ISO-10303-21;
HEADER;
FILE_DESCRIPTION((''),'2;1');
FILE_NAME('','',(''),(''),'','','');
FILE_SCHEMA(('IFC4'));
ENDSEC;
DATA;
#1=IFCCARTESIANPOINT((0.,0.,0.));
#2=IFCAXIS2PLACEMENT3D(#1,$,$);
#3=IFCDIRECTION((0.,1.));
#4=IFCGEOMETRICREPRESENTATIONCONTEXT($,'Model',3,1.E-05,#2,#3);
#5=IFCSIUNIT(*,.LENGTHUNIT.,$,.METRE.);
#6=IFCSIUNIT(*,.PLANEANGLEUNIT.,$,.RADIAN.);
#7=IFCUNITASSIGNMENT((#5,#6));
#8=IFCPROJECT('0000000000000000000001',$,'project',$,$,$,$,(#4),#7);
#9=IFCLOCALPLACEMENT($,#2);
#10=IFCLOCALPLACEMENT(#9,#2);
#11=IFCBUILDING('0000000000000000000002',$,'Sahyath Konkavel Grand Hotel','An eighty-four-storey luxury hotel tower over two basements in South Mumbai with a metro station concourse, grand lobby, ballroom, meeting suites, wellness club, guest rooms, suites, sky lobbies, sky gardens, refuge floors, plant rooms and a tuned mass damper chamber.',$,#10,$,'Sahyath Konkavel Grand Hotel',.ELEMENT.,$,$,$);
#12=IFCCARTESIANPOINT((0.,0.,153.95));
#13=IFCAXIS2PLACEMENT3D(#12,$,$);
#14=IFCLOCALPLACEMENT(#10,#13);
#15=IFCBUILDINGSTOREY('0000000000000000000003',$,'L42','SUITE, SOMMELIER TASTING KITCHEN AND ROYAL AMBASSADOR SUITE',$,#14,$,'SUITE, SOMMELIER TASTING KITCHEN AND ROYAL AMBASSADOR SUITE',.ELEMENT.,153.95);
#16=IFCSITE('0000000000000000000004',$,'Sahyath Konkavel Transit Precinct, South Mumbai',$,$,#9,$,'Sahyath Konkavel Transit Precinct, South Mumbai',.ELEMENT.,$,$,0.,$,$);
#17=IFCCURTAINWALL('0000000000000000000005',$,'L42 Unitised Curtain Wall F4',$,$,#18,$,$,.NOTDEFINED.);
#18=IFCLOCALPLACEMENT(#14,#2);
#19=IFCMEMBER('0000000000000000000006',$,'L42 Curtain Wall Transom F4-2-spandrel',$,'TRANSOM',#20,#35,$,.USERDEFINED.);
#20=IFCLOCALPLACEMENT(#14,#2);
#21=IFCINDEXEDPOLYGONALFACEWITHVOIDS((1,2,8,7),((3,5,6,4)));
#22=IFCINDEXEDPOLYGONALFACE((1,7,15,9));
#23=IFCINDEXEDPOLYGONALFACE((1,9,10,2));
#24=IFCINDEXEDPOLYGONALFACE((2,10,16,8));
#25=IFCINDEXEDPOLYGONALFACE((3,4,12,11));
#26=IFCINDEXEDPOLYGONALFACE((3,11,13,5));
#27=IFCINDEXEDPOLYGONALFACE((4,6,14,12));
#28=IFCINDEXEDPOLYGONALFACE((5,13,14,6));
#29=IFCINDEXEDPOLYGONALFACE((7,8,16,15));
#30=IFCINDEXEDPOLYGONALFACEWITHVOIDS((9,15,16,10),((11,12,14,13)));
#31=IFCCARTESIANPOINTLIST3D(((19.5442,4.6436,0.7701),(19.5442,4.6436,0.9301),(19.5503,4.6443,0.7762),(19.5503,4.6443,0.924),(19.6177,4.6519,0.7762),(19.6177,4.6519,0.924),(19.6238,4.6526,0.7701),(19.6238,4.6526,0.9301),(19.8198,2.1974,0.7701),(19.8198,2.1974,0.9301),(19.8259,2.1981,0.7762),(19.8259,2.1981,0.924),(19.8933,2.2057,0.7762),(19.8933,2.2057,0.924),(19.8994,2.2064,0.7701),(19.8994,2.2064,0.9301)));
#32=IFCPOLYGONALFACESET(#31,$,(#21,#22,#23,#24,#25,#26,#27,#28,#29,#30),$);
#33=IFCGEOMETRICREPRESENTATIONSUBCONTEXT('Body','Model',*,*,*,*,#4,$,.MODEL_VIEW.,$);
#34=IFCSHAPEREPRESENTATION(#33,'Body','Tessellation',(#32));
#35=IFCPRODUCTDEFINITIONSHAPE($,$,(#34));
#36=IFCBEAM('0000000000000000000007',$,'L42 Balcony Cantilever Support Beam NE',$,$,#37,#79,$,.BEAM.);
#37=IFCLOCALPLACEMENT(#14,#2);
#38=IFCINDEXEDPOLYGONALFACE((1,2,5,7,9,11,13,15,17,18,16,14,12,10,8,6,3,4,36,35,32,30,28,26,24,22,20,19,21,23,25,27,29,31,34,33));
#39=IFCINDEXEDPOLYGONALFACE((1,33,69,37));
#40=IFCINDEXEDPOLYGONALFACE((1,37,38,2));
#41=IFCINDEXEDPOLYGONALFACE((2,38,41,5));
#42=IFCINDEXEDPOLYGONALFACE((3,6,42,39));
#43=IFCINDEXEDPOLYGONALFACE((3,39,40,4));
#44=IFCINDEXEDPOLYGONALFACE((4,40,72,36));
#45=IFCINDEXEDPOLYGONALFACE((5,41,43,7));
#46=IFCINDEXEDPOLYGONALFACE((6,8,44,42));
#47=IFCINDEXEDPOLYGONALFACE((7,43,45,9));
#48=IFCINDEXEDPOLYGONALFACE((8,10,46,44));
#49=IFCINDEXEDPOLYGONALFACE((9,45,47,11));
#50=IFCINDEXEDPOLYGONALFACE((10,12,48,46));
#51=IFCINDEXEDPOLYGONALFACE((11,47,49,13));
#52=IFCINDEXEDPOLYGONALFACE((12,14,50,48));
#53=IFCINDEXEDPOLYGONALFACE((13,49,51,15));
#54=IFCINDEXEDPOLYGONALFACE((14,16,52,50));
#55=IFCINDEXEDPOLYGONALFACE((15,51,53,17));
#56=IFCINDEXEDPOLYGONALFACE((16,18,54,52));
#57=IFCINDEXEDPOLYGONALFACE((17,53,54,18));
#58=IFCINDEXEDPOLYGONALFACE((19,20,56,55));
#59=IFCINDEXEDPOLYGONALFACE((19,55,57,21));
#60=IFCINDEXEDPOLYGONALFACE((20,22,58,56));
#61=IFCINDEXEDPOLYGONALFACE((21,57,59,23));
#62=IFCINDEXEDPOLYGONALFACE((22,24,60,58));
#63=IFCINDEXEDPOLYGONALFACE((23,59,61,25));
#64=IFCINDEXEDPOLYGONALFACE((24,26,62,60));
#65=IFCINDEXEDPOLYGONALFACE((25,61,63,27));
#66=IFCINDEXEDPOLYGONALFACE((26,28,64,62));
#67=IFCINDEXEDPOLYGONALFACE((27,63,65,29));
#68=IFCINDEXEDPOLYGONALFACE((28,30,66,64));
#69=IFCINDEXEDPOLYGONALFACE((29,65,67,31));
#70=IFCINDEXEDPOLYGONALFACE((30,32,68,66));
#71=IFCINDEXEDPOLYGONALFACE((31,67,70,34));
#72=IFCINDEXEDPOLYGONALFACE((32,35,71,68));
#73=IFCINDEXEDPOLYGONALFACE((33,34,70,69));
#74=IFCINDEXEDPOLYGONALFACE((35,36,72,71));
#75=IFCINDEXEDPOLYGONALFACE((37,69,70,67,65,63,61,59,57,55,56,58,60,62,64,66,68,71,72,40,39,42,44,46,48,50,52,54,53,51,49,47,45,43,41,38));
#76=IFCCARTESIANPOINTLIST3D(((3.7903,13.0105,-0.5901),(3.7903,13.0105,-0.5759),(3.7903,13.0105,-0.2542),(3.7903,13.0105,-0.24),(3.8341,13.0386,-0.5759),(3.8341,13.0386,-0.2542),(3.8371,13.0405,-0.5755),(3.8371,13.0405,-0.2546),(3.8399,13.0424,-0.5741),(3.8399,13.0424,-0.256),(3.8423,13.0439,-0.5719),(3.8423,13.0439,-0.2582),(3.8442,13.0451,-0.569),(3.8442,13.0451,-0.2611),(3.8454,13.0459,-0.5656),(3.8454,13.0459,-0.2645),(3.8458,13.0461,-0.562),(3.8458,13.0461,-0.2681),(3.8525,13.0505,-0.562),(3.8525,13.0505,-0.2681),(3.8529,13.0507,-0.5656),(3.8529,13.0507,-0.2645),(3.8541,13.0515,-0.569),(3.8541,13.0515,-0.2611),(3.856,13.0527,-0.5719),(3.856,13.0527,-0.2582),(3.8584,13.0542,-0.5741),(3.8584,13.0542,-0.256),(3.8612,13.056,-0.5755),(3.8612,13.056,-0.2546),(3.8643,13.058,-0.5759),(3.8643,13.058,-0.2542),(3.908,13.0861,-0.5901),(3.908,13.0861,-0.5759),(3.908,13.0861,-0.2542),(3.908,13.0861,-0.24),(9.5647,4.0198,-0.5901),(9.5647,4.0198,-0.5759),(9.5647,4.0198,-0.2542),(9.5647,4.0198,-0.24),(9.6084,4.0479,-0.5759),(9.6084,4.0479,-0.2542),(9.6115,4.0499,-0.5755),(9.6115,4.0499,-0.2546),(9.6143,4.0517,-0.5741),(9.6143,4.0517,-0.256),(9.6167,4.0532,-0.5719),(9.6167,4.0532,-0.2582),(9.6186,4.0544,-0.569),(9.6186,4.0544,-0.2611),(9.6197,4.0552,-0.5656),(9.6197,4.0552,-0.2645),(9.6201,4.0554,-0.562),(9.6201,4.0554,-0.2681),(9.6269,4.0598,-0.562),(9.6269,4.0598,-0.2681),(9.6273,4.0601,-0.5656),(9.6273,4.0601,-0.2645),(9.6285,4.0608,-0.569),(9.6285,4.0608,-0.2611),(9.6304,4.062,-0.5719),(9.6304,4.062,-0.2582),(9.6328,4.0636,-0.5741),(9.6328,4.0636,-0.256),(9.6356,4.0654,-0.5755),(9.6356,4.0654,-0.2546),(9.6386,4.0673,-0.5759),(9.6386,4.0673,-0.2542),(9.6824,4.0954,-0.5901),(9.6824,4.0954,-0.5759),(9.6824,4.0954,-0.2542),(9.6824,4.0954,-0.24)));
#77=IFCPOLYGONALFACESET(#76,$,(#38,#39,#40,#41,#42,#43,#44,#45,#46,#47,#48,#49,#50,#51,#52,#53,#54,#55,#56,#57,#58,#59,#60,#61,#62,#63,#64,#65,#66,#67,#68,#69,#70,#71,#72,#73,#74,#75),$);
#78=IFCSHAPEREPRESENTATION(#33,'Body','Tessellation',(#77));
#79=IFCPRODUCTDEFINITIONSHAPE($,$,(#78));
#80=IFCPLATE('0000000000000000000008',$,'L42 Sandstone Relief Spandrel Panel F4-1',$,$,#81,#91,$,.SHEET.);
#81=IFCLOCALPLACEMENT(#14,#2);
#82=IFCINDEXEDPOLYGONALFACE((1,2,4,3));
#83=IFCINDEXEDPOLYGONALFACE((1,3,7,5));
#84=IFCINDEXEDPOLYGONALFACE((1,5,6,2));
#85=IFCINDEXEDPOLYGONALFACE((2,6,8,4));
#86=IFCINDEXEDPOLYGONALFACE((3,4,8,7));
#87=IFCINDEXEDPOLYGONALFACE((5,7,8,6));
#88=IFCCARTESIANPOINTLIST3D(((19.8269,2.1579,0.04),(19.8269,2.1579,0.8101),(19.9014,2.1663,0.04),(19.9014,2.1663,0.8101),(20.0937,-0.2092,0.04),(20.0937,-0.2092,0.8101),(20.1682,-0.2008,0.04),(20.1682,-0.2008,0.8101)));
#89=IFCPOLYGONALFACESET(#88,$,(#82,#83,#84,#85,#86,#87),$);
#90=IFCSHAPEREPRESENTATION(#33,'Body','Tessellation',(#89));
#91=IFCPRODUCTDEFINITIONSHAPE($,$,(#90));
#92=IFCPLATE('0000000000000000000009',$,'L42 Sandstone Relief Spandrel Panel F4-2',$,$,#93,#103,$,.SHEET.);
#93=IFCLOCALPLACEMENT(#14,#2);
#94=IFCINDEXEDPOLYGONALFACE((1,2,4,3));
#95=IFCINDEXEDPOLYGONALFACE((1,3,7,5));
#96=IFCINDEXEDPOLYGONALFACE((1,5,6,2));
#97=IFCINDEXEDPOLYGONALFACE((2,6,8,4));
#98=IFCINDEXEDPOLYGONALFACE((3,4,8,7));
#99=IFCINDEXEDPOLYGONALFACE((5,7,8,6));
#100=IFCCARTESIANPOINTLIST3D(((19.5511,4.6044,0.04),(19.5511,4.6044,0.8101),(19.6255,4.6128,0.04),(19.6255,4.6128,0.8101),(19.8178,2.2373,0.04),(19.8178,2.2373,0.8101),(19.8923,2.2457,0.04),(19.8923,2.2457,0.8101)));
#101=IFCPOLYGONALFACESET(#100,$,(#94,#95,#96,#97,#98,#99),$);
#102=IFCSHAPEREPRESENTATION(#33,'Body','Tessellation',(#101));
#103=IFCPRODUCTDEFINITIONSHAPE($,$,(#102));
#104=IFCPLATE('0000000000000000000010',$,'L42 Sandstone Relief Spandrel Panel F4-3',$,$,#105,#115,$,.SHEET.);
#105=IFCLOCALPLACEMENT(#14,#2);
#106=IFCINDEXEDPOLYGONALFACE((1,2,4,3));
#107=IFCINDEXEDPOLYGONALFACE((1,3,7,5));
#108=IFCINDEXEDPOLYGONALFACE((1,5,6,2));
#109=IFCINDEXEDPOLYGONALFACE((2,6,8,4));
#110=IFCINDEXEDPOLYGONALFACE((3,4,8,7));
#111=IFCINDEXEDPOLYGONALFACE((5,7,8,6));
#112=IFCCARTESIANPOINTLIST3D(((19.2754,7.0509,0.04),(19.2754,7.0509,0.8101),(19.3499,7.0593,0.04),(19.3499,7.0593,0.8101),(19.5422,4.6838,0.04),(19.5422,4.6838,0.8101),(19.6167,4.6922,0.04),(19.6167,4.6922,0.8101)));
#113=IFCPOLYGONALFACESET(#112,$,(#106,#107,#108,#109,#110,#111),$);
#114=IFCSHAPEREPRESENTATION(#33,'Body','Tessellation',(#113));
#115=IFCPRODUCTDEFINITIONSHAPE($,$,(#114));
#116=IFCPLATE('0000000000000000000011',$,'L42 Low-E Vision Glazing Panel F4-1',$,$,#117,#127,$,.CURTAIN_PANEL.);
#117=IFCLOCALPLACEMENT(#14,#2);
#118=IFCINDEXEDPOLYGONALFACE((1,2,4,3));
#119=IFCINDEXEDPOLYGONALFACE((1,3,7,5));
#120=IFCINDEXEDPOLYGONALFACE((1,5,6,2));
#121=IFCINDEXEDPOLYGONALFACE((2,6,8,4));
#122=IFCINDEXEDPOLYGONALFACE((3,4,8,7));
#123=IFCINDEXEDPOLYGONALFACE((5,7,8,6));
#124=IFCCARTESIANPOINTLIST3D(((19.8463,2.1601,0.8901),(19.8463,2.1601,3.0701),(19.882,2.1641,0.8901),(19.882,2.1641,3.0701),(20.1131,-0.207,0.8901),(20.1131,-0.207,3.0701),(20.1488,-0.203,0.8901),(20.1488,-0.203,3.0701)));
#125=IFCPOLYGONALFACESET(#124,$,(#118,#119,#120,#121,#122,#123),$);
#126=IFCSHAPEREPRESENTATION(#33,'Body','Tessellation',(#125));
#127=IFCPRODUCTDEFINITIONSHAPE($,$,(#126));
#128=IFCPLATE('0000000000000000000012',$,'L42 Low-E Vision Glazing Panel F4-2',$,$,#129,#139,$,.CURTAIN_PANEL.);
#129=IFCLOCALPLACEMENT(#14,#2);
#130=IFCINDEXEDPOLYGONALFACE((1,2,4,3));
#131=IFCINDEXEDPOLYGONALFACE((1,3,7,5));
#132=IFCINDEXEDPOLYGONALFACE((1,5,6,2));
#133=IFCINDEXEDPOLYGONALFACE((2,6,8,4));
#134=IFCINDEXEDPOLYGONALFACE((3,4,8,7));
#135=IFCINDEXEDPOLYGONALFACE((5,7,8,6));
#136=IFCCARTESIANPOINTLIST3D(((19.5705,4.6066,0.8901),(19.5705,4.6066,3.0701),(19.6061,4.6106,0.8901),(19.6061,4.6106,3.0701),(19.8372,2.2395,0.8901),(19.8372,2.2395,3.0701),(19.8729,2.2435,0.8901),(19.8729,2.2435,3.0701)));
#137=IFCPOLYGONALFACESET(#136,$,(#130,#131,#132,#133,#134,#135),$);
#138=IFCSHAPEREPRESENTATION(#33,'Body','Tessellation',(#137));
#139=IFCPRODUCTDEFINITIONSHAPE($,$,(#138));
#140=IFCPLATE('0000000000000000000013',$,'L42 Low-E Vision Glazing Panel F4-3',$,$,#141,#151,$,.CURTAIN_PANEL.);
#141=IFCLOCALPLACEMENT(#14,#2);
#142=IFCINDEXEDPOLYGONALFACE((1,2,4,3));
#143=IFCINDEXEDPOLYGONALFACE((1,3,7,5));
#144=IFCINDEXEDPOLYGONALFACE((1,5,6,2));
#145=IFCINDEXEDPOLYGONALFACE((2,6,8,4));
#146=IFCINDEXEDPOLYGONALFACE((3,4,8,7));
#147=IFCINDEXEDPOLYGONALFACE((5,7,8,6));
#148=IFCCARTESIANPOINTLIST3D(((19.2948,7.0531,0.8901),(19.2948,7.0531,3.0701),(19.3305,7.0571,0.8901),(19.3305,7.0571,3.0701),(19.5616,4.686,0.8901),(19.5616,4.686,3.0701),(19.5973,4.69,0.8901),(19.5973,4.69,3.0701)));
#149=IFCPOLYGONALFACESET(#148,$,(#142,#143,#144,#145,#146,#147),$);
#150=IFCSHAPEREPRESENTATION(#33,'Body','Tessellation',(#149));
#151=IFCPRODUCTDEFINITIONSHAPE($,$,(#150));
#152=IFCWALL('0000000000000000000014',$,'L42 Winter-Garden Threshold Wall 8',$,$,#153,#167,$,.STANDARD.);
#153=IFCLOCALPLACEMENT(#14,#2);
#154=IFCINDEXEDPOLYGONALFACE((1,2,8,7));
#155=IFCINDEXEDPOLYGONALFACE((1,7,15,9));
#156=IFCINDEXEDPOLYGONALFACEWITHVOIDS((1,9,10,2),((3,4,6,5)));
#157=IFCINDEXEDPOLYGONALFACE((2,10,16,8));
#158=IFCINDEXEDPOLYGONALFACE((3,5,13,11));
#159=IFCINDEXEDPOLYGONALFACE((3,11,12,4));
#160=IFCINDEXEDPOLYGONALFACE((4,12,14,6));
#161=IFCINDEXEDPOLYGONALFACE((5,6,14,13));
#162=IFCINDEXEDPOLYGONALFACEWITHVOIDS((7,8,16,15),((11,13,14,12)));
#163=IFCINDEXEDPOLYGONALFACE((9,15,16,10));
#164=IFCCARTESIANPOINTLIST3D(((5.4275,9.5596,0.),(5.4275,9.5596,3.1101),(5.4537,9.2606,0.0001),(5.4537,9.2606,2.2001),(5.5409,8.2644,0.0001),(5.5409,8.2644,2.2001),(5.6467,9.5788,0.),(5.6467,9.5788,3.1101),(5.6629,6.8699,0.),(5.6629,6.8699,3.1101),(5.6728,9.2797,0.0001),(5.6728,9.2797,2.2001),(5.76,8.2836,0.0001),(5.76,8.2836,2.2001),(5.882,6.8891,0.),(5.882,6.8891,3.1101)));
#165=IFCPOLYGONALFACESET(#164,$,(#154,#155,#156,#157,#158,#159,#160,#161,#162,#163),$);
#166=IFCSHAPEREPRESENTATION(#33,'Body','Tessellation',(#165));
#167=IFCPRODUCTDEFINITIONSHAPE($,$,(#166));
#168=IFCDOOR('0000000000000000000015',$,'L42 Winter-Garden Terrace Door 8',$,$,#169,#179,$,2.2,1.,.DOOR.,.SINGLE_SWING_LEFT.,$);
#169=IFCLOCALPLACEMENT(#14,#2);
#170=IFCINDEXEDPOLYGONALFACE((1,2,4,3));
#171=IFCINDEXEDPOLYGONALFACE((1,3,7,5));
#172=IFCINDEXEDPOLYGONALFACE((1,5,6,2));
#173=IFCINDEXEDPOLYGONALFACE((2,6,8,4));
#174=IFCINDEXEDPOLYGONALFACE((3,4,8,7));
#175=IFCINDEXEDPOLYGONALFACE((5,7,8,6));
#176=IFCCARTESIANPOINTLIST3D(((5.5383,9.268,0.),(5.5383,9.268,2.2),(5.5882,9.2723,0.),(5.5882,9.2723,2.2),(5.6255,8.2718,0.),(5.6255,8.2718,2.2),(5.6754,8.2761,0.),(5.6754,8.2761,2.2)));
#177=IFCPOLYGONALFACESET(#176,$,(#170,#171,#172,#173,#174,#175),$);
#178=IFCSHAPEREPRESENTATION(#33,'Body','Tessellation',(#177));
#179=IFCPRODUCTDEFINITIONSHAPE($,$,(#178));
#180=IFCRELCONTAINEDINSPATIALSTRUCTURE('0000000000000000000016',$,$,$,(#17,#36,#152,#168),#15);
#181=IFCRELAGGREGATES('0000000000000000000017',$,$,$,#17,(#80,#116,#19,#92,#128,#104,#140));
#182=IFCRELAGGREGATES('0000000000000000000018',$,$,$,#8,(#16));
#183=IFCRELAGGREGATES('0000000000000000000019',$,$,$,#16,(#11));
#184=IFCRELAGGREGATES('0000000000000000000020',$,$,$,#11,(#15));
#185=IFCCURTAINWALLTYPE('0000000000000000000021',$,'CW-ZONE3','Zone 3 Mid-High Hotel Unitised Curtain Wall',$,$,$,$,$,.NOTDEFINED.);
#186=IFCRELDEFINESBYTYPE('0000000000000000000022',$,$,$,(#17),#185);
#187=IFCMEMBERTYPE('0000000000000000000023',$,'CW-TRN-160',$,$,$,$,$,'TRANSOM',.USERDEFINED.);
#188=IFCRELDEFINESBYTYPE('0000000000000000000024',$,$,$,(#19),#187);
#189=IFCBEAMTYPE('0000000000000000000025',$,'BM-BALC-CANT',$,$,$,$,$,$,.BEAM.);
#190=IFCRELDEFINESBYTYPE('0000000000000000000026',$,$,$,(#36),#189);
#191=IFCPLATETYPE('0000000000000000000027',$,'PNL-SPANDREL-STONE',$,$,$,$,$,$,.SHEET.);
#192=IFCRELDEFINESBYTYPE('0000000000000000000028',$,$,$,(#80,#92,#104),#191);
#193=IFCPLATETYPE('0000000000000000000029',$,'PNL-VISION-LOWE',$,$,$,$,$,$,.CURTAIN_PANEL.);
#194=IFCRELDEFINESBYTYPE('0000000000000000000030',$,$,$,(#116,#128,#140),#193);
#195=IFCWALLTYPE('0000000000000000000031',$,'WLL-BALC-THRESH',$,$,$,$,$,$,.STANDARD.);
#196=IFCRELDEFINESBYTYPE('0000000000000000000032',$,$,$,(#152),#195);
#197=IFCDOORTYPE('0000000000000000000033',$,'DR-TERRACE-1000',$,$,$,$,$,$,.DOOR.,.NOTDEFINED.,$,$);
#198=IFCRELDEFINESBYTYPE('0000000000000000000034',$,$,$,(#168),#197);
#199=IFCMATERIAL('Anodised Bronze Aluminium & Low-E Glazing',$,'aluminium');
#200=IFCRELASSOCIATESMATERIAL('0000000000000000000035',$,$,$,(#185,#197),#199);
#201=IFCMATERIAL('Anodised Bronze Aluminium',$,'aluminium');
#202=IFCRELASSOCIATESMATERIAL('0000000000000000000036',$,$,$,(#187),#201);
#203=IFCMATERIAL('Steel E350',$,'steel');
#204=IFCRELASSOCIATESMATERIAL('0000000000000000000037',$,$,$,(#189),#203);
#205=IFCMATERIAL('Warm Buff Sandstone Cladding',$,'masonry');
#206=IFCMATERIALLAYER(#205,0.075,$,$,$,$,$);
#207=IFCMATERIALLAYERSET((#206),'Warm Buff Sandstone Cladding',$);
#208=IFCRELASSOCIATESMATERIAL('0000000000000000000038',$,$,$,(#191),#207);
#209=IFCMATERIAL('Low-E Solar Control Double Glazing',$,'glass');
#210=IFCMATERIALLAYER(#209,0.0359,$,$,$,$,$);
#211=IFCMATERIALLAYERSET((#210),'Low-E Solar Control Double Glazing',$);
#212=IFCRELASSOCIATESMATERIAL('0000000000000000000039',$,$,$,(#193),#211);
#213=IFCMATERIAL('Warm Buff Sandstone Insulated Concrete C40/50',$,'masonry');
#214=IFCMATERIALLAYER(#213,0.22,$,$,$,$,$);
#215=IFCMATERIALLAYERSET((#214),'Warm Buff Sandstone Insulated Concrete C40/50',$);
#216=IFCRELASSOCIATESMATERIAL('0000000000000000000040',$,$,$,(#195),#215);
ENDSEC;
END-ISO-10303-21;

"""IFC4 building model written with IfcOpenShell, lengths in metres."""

from ifc_helpers import new_model, si_unit, direction, frame, frame_2d, origin, origin_2d, place, context, subcontext, project, spatial, rectangle, hollow_rectangle, i_section, extrude, source, transform, mapped, material, layer, layer_set, material_profile, profile_set, type_object, element, fill, aggregate, save


model = new_model("IFC4")

# Units and contexts
model_context = context("Model", 3, precision=1e-05, world=origin(), true_north=direction((0.0, 1.0)))
body_context = subcontext(model_context, "Body", "Model", "MODEL_VIEW")
ifc_project = project(units=[si_unit("LENGTHUNIT", "METRE"), si_unit("PLANEANGLEUNIT", "RADIAN")], contexts=[model_context])

# Site, building, storey
site_placement = place(None, origin())
site = spatial("IfcSite", under=ifc_project, at=site_placement, Name="Sahyath Konkavel Transit Precinct, South Mumbai", LongName="Sahyath Konkavel Transit Precinct, South Mumbai", CompositionType="ELEMENT", RefElevation=0.0)
building_placement = place(site_placement, origin())
building = spatial("IfcBuilding", under=site, at=building_placement, Name="Sahyath Konkavel Grand Hotel", Description="An eighty-four-storey luxury hotel tower over two basements in South Mumbai with a metro station concourse, grand lobby, ballroom, meeting suites, wellness club, guest rooms, suites, sky lobbies, sky gardens, refuge floors, plant rooms and a tuned mass damper chamber.", LongName="Sahyath Konkavel Grand Hotel", CompositionType="ELEMENT")
storey_placement = place(building_placement, frame((0.0, 0.0, 153.95)))
storey = spatial("IfcBuildingStorey", under=building, at=storey_placement, Name="L42", Description="SUITE, SOMMELIER TASTING KITCHEN AND ROYAL AMBASSADOR SUITE", LongName="SUITE, SOMMELIER TASTING KITCHEN AND ROYAL AMBASSADOR SUITE", CompositionType="ELEMENT", Elevation=153.95)

# Shared definitions
ifc_material_1 = material(Name="Steel E350", Category="steel")

# Curtain wall
ifc_material_2 = material(Name="Anodised Bronze Aluminium & Low-E Glazing", Category="aluminium")
curtain_wall_type = type_object("IfcCurtainWallType", Name="CW-ZONE3", Description="Zone 3 Mid-High Hotel Unitised Curtain Wall", PredefinedType="NOTDEFINED", material=ifc_material_2)
curtain_wall_1_placement = place(storey_placement, origin())
curtain_wall_1 = element("IfcCurtainWall", 1, at=curtain_wall_1_placement, inside=storey, type_object=curtain_wall_type, Name="L42 Unitised Curtain Wall F4", PredefinedType="NOTDEFINED")
ifc_material_3 = material(Name="Anodised Bronze Aluminium", Category="aluminium")

# Member
ifc_material_profile_1 = material_profile(ifc_material_3, hollow_rectangle(XDim=0.0801, YDim=0.1599, WallThickness=0.0061, at=origin_2d()), Name="RHS 160x80x6")
ifc_profile_set_1 = profile_set([ifc_material_profile_1], Name="Anodised Bronze Aluminium")
member_type_1 = type_object("IfcMemberType", Name="CW-TRN-160", ElementType="TRANSOM", PredefinedType="USERDEFINED", material=ifc_profile_set_1)
shared_shape_1 = source(origin(), body_context, "Body", "SweptSolid", [
    extrude(hollow_rectangle(XDim=0.0801, YDim=0.1599, WallThickness=0.0061, at=origin_2d()), origin(), (0.0, 0.0, 1.0), 2.4617),
])
member_1_placement = place(storey_placement, frame((19.8596, 2.2019, 0.8501), z_axis=(-0.111966, 0.993712, 0.0), x_axis=(-0.993712, -0.111966, 0.0)))
member_1 = element("IfcMember", 2, at=member_1_placement, type_object=member_type_1, Name="L42 Curtain Wall Transom F4-2-spandrel", ObjectType="TRANSOM", PredefinedType="USERDEFINED", context=body_context, shape_type="MappedRepresentation", body=[
    mapped(shared_shape_1, transform((0.0, 0.0, 0.0), scale=1.0)),
])

# Beam
ifc_material_profile_2 = material_profile(ifc_material_1, i_section(OverallWidth=0.1399, OverallDepth=0.3501, WebThickness=0.0081, FlangeThickness=0.0142, FilletRadius=0.0139, at=origin_2d()), Name="ISMB 350")
ifc_profile_set_2 = profile_set([ifc_material_profile_2], Name="Steel E350")
beam_type_1 = type_object("IfcBeamType", Name="BM-BALC-CANT", PredefinedType="BEAM", material=ifc_profile_set_2)
shared_shape_2 = source(origin(), body_context, "Body", "SweptSolid", [
    extrude(i_section(OverallWidth=0.1399, OverallDepth=0.3501, WebThickness=0.0081, FlangeThickness=0.0142, FilletRadius=0.0139, at=origin_2d()), origin(), (0.0, 0.0, 1.0), 10.6853),
])
beam_1_placement = place(storey_placement, frame((9.6235, 4.0576, -0.415), z_axis=(-0.540404, 0.841406, 0.0), x_axis=(-0.841406, -0.540404, 0.0)))
element("IfcBeam", 3, at=beam_1_placement, inside=storey, type_object=beam_type_1, Name="L42 Balcony Cantilever Support Beam NE", PredefinedType="BEAM", context=body_context, shape_type="MappedRepresentation", body=[
    mapped(shared_shape_2, transform((0.0, 0.0, 0.0), scale=1.0)),
])

# Plates
ifc_material_4 = material(Name="Warm Buff Sandstone Cladding", Category="masonry")
ifc_layer_1 = layer(ifc_material_4, 0.075)
ifc_layer_set_1 = layer_set([ifc_layer_1], Name="Warm Buff Sandstone Cladding")
plate_type_1 = type_object("IfcPlateType", Name="PNL-SPANDREL-STONE", PredefinedType="SHEET", material=ifc_layer_set_1)
shared_shape_3 = source(origin(), body_context, "Body", "SweptSolid", [
    extrude(rectangle(XDim=2.3821, YDim=0.075, at=origin_2d()), origin(), (0.0, 0.0, 1.0), 0.77),
])
plate_1_placement = place(storey_placement, frame((19.9976, 0.9785, 0.04), z_axis=(0.0, 0.0, 1.0), x_axis=(-0.111989, 0.993709, 0.0)))
plate_1 = element("IfcPlate", 4, at=plate_1_placement, type_object=plate_type_1, Name="L42 Sandstone Relief Spandrel Panel F4-1", PredefinedType="SHEET", context=body_context, shape_type="MappedRepresentation", body=[
    mapped(shared_shape_3, transform((0.0, 0.0, 0.0), scale=1.0)),
])
plate_2_placement = place(storey_placement, frame((19.7217, 3.425, 0.04), z_axis=(0.0, 0.0, 1.0), x_axis=(-0.111989, 0.993709, 0.0)))
plate_2 = element("IfcPlate", 5, at=plate_2_placement, type_object=plate_type_1, Name="L42 Sandstone Relief Spandrel Panel F4-2", PredefinedType="SHEET", context=body_context, shape_type="MappedRepresentation", body=[
    mapped(shared_shape_3, transform((0.0, 0.0, 0.0), scale=1.0)),
])
plate_3_placement = place(storey_placement, frame((19.446, 5.8716, 0.04), z_axis=(0.0, 0.0, 1.0), x_axis=(-0.111989, 0.993709, 0.0)))
plate_3 = element("IfcPlate", 6, at=plate_3_placement, type_object=plate_type_1, Name="L42 Sandstone Relief Spandrel Panel F4-3", PredefinedType="SHEET", context=body_context, shape_type="MappedRepresentation", body=[
    mapped(shared_shape_3, transform((0.0, 0.0, 0.0), scale=1.0)),
])
ifc_material_5 = material(Name="Low-E Solar Control Double Glazing", Category="glass")
ifc_layer_2 = layer(ifc_material_5, 0.0359)
ifc_layer_set_2 = layer_set([ifc_layer_2], Name="Low-E Solar Control Double Glazing")
plate_type_2 = type_object("IfcPlateType", Name="PNL-VISION-LOWE", PredefinedType="CURTAIN_PANEL", material=ifc_layer_set_2)
shared_shape_4 = source(origin(), body_context, "Body", "SweptSolid", [
    extrude(rectangle(XDim=2.3821, YDim=0.0359, at=origin_2d()), origin(), (0.0, 0.0, 1.0), 2.1799),
])
plate_4_placement = place(storey_placement, frame((19.9976, 0.9785, 0.8901), z_axis=(0.0, 0.0, 1.0), x_axis=(-0.111989, 0.993709, 0.0)))
plate_4 = element("IfcPlate", 7, at=plate_4_placement, type_object=plate_type_2, Name="L42 Low-E Vision Glazing Panel F4-1", PredefinedType="CURTAIN_PANEL", context=body_context, shape_type="MappedRepresentation", body=[
    mapped(shared_shape_4, transform((0.0, 0.0, 0.0), scale=1.0)),
])
plate_5_placement = place(storey_placement, frame((19.7217, 3.425, 0.8901), z_axis=(0.0, 0.0, 1.0), x_axis=(-0.111989, 0.993709, 0.0)))
plate_5 = element("IfcPlate", 8, at=plate_5_placement, type_object=plate_type_2, Name="L42 Low-E Vision Glazing Panel F4-2", PredefinedType="CURTAIN_PANEL", context=body_context, shape_type="MappedRepresentation", body=[
    mapped(shared_shape_4, transform((0.0, 0.0, 0.0), scale=1.0)),
])
plate_6_placement = place(storey_placement, frame((19.446, 5.8716, 0.8901), z_axis=(0.0, 0.0, 1.0), x_axis=(-0.111989, 0.993709, 0.0)))
plate_6 = element("IfcPlate", 9, at=plate_6_placement, type_object=plate_type_2, Name="L42 Low-E Vision Glazing Panel F4-3", PredefinedType="CURTAIN_PANEL", context=body_context, shape_type="MappedRepresentation", body=[
    mapped(shared_shape_4, transform((0.0, 0.0, 0.0), scale=1.0)),
])
aggregate(curtain_wall_1, [plate_1, plate_4, member_1, plate_2, plate_5, plate_3, plate_6])

# Wall, opening, door
ifc_material_6 = material(Name="Warm Buff Sandstone Insulated Concrete C40/50", Category="masonry")
ifc_layer_3 = layer(ifc_material_6, 0.22)
ifc_layer_set_3 = layer_set([ifc_layer_3], Name="Warm Buff Sandstone Insulated Concrete C40/50")
wall_type_1 = type_object("IfcWallType", Name="WLL-BALC-THRESH", PredefinedType="STANDARD", material=ifc_layer_set_3)
wall_1_placement = place(storey_placement, frame((5.7725, 6.8794, 0.0), z_axis=(0.0, 0.0, 1.0), x_axis=(-0.087168, 0.996194, 0.0)))
wall_1 = element("IfcWall", 10, at=wall_1_placement, inside=storey, type_object=wall_type_1, Name="L42 Winter-Garden Threshold Wall 8", PredefinedType="STANDARD", context=body_context, shape_type="SweptSolid", body=[
    extrude(rectangle(XDim=2.7, YDim=0.22, at=frame_2d((1.3501, 0.0))), origin(), (0.0, 0.0, 1.0), 3.1101),
])
opening_1_placement = place(wall_1_placement, frame((1.3999, 0.0, 0.0)))
opening_1 = element("IfcOpeningElement", 11, at=opening_1_placement, cuts=wall_1, PredefinedType="OPENING", context=body_context, shape_type="SweptSolid", body=[
    extrude(rectangle(XDim=1.0, YDim=2.2, at=frame_2d((0.5, 1.1001))), frame((0.0, 0.1201, 0.0), z_axis=(0.0, -1.0, 0.0), x_axis=(1.0, 0.0, 0.0)), (0.0, 0.0, 1.0), 0.24),
])
door_type_1 = type_object("IfcDoorType", Name="DR-TERRACE-1000", OperationType="NOTDEFINED", PredefinedType="DOOR", material=ifc_material_2)
shared_shape_5 = source(origin(), body_context, "Body", "SweptSolid", [
    extrude(rectangle(XDim=1.0, YDim=0.05, at=origin_2d()), origin(), (0.0, 0.0, 1.0), 2.2),
])
door_1_placement = place(opening_1_placement, frame((0.5, 0.0, 0.0)))
door_1 = element("IfcDoor", 12, at=door_1_placement, inside=storey, type_object=door_type_1, Name="L42 Winter-Garden Terrace Door 8", OperationType="SINGLE_SWING_LEFT", OverallHeight=2.2, OverallWidth=1.0, PredefinedType="DOOR", context=body_context, shape_type="MappedRepresentation", body=[
    mapped(shared_shape_5, transform((0.0, 0.0, 0.0), scale=1.0)),
])
fill(opening_1, door_1)

save(model, "model.ifc")
